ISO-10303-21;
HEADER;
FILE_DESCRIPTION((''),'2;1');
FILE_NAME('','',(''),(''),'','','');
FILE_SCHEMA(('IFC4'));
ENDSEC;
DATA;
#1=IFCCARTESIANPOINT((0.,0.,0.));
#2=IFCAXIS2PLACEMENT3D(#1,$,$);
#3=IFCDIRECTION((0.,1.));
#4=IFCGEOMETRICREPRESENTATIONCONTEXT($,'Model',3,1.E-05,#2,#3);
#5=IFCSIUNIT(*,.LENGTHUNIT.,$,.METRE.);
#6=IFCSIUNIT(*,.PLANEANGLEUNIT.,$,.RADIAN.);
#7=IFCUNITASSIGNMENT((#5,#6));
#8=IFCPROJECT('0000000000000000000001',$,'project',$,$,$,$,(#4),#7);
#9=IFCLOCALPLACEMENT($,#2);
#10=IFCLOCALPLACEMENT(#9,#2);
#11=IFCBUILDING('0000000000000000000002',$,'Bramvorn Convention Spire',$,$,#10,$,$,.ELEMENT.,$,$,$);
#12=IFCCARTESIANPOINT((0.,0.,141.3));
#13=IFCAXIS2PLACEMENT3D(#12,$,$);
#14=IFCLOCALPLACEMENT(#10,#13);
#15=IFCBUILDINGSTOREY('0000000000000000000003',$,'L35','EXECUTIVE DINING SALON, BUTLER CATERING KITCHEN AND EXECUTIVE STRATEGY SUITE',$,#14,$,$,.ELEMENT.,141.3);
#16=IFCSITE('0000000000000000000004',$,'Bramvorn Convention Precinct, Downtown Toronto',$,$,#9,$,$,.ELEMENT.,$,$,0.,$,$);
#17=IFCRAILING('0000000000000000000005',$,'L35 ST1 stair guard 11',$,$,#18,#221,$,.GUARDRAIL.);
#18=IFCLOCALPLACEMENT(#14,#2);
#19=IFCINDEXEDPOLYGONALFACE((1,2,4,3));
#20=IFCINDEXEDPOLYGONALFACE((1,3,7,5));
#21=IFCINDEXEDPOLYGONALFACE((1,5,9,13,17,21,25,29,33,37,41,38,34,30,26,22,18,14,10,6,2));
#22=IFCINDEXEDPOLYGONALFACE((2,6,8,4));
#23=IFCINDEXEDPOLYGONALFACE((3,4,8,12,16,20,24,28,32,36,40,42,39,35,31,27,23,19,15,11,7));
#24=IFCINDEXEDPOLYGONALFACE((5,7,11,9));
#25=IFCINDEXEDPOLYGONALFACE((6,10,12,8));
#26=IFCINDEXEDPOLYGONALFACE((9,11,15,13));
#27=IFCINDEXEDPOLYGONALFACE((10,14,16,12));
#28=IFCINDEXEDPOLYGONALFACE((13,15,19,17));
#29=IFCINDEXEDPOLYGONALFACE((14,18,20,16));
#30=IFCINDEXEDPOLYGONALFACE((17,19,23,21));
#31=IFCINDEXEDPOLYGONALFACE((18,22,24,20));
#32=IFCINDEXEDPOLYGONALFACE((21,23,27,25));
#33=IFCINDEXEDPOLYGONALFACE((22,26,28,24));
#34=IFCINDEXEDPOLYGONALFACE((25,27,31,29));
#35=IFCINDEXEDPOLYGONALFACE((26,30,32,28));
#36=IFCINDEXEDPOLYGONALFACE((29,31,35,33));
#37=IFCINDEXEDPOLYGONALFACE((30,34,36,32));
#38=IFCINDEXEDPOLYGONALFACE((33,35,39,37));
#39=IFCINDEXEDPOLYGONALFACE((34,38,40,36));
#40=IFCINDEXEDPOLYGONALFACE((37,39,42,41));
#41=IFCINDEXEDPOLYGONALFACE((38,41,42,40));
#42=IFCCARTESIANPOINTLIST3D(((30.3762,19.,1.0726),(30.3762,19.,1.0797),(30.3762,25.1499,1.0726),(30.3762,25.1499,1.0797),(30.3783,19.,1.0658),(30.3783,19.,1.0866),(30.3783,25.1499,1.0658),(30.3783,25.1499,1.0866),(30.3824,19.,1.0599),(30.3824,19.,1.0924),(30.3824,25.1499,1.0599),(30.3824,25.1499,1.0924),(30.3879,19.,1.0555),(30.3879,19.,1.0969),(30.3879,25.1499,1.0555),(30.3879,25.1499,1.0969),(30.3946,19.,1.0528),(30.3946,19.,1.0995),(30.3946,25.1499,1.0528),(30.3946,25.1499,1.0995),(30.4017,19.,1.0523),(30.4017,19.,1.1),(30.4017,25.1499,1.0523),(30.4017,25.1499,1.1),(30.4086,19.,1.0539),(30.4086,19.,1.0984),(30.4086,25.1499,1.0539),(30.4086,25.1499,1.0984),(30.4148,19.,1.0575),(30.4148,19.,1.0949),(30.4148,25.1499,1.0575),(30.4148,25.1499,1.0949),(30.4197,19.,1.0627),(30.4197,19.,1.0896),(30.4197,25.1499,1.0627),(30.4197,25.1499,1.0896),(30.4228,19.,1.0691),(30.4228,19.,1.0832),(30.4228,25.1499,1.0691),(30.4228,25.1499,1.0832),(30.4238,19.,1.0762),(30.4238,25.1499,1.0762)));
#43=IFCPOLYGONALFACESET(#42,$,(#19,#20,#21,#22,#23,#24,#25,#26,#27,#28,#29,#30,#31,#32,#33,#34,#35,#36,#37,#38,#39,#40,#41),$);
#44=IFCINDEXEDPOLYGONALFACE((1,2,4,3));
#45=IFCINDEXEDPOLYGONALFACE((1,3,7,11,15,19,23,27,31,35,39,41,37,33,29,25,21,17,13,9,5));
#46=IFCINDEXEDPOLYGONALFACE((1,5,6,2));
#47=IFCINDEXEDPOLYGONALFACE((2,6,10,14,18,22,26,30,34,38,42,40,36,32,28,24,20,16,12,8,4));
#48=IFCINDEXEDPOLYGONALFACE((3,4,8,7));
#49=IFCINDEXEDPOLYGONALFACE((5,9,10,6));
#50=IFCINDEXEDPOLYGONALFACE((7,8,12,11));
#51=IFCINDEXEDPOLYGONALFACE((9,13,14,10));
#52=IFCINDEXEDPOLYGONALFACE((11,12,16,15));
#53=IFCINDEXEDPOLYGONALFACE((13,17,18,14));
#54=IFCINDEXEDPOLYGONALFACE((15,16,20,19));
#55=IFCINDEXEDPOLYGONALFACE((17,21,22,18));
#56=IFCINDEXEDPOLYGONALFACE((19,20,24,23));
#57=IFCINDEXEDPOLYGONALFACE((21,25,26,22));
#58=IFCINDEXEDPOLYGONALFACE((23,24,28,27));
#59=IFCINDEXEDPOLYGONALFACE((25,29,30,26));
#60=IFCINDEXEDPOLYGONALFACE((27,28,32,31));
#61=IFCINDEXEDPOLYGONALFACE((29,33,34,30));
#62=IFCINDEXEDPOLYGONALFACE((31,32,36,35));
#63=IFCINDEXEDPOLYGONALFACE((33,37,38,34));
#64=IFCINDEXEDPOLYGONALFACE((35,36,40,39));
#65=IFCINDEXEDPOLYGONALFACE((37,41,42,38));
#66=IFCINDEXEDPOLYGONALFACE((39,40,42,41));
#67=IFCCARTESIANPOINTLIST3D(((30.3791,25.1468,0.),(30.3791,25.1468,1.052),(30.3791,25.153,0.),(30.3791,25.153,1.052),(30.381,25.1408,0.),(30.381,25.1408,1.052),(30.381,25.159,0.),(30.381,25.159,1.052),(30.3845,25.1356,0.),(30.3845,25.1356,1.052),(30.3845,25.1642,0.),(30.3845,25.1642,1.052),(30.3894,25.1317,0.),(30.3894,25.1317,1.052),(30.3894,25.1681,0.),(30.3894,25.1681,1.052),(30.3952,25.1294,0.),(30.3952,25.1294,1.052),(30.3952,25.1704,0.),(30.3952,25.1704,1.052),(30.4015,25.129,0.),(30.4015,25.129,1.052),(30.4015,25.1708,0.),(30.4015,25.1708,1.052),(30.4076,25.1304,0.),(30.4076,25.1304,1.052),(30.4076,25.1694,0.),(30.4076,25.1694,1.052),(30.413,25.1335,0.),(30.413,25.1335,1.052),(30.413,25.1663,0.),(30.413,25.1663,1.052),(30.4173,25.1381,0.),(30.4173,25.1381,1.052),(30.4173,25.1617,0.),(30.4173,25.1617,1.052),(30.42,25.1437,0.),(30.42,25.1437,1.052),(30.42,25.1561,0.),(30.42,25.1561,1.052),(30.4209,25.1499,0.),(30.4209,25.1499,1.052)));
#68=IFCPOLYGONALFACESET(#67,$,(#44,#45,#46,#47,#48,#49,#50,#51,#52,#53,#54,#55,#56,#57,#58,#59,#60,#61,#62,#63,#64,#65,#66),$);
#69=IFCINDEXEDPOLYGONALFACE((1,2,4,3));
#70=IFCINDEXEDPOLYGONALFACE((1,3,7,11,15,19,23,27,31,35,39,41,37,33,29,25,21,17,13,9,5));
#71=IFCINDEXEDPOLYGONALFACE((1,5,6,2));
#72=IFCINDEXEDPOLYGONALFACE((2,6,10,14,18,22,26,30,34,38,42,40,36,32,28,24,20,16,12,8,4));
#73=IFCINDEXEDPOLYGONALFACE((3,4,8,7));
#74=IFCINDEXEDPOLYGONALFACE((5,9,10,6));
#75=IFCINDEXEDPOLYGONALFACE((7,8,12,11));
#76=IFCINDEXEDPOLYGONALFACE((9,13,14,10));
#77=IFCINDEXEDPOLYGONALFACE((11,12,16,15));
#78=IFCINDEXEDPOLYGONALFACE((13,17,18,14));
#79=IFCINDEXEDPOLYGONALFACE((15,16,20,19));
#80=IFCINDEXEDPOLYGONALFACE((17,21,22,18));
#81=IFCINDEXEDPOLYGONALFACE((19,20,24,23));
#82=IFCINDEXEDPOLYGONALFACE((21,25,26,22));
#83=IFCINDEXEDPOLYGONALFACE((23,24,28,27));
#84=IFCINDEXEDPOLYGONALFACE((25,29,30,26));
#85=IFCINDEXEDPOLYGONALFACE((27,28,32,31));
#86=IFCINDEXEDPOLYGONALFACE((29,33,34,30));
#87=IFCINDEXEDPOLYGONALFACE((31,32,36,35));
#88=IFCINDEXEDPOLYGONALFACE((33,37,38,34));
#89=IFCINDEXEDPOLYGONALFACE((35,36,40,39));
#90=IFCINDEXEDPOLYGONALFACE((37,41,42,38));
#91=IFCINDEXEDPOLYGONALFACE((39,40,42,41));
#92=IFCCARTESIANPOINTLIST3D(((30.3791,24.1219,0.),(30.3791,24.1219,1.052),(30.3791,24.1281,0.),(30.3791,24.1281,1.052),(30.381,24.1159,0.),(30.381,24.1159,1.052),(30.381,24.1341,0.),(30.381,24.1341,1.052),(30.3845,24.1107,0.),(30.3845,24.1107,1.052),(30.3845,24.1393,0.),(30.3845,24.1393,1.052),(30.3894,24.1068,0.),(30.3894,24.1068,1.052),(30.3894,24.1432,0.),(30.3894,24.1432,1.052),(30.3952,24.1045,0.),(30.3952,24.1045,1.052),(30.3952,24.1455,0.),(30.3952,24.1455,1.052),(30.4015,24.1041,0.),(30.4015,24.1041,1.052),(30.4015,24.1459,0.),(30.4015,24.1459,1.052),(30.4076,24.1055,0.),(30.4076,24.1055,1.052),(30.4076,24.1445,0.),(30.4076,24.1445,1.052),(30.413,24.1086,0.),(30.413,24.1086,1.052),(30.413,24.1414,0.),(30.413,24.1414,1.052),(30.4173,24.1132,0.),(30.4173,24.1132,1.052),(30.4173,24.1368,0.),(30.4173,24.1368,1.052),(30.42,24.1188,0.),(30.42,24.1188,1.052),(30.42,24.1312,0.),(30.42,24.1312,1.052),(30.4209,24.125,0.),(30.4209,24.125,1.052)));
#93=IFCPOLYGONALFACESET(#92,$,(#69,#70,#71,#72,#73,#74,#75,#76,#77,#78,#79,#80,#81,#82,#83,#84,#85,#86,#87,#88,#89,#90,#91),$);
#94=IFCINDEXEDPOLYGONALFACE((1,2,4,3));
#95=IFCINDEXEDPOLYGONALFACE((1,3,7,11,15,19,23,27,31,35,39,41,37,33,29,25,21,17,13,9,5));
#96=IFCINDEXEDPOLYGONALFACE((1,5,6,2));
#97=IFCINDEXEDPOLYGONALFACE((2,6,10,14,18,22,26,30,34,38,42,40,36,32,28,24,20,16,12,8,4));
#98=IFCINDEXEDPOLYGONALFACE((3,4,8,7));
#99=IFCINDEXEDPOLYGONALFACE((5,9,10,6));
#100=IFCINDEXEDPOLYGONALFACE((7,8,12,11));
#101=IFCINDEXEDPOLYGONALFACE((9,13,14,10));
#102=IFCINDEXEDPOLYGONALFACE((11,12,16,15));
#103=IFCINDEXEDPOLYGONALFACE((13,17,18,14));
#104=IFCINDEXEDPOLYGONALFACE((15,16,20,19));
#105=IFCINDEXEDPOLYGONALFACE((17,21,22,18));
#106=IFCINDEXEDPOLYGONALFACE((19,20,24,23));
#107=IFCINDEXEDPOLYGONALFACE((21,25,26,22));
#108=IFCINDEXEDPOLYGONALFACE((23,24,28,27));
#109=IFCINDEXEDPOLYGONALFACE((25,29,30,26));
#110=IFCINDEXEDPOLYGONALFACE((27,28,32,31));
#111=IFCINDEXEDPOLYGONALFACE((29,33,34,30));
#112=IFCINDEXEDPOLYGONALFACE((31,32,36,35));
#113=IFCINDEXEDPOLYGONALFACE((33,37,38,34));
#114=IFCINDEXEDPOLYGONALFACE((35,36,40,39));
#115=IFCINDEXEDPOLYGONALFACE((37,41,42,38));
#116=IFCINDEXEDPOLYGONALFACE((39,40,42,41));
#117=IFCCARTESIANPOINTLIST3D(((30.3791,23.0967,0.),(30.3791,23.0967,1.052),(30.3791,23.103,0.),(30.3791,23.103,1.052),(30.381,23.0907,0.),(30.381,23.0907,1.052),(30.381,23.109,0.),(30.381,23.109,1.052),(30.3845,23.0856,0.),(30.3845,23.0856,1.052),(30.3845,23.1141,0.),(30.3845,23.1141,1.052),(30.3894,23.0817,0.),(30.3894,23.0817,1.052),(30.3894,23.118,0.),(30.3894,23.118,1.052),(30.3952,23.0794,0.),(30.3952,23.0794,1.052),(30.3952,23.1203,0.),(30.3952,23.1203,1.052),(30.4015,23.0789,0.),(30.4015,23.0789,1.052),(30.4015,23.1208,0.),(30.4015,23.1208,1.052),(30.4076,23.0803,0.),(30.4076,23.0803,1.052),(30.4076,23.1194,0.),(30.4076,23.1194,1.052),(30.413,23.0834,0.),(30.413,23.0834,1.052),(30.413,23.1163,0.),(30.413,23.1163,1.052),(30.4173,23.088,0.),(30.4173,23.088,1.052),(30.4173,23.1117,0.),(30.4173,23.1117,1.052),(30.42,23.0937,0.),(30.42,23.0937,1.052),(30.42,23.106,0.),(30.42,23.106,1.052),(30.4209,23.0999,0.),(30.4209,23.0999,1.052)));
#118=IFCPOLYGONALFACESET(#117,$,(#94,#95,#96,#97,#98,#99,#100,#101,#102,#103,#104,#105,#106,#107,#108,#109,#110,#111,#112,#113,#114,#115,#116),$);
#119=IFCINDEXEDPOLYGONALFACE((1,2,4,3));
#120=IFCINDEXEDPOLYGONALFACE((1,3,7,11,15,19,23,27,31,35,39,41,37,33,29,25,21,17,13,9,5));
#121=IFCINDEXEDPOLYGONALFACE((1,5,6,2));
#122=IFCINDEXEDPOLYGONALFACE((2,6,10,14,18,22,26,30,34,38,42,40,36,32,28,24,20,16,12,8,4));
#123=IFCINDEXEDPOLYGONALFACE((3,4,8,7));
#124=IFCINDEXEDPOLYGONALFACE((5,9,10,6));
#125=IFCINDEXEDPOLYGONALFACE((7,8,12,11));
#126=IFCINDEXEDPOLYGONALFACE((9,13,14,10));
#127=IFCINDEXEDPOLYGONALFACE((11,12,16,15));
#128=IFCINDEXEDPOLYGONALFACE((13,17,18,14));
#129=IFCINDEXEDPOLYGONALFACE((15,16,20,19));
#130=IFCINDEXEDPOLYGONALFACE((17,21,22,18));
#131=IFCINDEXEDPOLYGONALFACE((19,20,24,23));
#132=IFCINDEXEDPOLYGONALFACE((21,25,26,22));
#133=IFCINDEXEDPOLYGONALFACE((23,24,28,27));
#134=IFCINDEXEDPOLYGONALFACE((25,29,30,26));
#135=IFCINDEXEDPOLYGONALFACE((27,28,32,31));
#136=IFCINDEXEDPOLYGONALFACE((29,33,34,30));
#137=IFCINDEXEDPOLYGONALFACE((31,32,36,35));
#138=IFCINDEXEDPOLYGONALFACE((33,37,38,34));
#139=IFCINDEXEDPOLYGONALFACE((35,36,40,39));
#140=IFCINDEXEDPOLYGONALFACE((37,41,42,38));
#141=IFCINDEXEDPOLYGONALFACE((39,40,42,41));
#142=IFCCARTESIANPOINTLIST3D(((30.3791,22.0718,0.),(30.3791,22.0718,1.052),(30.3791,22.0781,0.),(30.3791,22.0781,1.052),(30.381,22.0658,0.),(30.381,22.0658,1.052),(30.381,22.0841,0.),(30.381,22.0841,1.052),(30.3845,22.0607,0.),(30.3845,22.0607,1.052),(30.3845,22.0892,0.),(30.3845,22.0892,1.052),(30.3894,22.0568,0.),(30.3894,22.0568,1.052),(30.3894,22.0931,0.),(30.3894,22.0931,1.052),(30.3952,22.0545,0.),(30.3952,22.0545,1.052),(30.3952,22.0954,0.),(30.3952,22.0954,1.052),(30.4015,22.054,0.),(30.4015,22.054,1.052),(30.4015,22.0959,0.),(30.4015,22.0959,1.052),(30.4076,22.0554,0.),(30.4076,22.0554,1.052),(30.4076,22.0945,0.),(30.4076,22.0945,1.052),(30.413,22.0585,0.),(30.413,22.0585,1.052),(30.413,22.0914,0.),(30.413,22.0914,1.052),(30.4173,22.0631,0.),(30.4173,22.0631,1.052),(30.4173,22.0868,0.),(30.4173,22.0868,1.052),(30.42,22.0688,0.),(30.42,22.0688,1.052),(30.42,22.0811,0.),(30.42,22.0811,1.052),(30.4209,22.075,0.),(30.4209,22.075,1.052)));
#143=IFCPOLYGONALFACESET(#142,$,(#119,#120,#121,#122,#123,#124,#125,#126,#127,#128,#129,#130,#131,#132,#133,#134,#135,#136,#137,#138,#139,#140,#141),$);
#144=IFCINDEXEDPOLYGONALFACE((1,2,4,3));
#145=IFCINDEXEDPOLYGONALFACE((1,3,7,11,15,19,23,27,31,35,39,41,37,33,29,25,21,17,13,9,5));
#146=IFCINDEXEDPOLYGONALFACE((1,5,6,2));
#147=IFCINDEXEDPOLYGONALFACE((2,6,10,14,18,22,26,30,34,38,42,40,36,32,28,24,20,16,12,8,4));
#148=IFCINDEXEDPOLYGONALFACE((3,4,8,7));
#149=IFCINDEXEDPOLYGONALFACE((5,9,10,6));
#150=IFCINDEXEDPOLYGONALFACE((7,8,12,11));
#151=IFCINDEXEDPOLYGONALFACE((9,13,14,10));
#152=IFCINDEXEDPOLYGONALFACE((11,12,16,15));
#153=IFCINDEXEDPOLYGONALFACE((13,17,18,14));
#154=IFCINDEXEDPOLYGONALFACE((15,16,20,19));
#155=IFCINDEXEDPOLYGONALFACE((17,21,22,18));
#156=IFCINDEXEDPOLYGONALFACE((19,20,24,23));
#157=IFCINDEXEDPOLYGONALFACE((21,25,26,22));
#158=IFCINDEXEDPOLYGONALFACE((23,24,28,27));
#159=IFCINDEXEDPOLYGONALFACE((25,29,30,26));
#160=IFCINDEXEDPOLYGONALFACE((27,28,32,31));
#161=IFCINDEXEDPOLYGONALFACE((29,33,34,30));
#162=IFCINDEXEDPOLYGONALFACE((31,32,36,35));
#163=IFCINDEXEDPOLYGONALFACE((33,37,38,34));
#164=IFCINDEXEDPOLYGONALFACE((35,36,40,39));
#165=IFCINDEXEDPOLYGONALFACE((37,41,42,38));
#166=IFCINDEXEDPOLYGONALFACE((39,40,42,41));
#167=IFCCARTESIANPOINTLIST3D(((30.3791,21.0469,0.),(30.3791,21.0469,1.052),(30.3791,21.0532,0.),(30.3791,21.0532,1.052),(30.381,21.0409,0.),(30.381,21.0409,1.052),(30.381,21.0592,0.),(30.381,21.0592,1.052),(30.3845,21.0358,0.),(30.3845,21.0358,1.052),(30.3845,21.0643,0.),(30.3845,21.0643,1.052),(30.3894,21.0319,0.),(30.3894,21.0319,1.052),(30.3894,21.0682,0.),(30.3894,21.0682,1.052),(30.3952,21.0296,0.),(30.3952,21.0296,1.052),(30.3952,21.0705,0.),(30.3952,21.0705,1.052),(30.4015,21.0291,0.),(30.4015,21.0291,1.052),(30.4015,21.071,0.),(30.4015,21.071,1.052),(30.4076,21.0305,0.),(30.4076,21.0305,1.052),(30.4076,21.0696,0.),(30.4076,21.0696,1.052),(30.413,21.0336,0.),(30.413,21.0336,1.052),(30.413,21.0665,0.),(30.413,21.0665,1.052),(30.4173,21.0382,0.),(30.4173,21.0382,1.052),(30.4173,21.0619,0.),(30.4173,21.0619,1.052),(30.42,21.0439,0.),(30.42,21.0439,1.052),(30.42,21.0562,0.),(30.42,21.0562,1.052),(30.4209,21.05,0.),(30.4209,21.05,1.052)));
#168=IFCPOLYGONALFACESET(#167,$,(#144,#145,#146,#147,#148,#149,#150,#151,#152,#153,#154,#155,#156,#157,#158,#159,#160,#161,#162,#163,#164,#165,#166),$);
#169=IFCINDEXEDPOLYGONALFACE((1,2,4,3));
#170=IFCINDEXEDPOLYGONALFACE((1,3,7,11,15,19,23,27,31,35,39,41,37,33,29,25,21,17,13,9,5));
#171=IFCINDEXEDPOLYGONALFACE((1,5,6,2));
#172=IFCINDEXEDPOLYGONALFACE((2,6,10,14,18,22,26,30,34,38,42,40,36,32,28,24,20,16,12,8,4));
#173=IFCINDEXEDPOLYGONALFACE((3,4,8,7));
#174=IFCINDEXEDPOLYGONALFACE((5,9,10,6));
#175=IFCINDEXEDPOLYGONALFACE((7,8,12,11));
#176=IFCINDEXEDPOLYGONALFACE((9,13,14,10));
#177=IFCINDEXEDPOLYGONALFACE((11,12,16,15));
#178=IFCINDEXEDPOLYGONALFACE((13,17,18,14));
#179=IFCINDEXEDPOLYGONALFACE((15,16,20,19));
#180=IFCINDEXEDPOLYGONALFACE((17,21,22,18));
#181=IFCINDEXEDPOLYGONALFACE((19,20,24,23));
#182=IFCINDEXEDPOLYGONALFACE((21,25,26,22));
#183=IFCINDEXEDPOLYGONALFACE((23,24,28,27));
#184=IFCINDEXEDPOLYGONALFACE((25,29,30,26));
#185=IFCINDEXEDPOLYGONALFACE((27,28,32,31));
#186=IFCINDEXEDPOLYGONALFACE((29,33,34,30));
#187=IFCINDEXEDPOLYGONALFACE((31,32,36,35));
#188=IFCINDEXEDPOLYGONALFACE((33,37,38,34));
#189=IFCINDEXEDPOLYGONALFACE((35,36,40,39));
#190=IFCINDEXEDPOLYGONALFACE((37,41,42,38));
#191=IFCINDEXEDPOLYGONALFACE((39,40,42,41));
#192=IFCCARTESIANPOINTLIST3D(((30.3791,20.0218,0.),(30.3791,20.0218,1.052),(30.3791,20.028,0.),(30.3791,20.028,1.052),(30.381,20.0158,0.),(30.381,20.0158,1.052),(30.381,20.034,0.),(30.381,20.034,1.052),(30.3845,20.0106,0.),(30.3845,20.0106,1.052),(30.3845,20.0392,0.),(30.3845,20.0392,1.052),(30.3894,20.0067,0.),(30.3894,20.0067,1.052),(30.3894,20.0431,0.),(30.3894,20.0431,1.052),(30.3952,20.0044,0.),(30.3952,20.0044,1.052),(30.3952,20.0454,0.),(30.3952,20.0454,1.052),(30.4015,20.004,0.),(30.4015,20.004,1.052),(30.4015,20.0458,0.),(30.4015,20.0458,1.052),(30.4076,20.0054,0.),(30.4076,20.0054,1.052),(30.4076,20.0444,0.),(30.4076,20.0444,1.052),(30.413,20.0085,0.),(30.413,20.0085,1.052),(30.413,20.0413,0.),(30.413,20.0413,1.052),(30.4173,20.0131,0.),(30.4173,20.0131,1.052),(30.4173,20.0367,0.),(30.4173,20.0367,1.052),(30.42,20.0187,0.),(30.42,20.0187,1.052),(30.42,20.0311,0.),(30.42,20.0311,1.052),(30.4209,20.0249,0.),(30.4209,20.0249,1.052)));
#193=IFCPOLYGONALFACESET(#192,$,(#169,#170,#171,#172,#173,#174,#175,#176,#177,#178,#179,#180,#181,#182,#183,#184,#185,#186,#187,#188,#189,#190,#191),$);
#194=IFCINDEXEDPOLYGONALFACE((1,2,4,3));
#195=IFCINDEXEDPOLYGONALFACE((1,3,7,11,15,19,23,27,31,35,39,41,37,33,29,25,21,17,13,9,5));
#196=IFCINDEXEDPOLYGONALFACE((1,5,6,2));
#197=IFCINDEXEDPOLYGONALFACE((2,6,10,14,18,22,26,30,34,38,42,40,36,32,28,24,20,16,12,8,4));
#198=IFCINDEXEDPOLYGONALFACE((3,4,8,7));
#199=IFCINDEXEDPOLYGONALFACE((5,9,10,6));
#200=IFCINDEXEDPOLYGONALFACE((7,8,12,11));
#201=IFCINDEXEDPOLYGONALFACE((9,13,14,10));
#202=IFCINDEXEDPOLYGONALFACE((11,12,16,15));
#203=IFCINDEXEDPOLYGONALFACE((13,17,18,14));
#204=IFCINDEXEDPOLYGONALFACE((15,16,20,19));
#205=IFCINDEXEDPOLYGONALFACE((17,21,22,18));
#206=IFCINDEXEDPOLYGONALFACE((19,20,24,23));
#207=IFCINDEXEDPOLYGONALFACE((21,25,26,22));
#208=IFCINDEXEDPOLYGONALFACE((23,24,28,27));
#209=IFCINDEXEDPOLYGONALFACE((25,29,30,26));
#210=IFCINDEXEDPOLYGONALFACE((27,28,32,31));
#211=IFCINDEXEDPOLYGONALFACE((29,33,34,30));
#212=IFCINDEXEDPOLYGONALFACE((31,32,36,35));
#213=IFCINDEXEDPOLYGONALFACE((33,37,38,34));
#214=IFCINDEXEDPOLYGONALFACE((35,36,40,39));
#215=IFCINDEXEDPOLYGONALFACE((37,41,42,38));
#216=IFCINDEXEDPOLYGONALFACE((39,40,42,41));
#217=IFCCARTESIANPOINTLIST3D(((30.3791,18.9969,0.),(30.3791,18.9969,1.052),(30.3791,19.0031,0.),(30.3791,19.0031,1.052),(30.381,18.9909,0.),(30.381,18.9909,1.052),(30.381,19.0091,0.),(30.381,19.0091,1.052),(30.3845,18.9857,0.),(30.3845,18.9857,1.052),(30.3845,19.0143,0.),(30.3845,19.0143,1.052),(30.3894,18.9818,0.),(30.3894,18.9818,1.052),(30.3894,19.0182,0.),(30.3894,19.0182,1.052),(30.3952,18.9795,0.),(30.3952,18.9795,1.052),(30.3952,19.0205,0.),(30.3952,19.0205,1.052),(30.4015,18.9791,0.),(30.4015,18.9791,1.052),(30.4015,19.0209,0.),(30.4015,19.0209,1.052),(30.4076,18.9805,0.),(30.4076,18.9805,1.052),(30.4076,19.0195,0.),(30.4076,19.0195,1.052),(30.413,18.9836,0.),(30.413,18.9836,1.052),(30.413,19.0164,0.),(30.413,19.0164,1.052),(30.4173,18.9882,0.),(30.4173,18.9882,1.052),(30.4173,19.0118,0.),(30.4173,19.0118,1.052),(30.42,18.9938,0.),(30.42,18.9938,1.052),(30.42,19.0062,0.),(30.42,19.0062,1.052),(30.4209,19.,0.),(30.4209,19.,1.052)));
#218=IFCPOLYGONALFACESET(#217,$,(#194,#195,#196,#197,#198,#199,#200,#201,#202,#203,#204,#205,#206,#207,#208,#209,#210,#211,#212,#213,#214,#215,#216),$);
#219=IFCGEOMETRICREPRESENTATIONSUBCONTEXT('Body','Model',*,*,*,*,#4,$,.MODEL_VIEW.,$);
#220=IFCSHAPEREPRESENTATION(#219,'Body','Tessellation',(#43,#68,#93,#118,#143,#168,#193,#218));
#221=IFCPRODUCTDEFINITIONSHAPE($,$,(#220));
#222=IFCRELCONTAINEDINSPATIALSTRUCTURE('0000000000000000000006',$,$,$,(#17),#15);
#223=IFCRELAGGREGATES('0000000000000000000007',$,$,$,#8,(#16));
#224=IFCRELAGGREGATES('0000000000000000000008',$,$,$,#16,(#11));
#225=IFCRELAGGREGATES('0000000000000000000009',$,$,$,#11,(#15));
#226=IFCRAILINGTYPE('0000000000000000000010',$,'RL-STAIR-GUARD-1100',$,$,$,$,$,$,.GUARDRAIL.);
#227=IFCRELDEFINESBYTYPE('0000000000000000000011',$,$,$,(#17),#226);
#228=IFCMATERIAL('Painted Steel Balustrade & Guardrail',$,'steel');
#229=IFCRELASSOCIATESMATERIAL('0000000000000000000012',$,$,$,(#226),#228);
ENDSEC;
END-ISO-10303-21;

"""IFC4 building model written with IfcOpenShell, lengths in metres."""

from ifc_helpers import new_model, si_unit, direction, frame, origin, origin_2d, place, context, subcontext, project, spatial, circle, extrude, material, type_object, element, save


model = new_model("IFC4")

# Units and contexts
model_context = context("Model", 3, precision=1e-05, world=origin(), true_north=direction((0.0, 1.0)))
body_context = subcontext(model_context, "Body", "Model", "MODEL_VIEW")
ifc_project = project(units=[si_unit("LENGTHUNIT", "METRE"), si_unit("PLANEANGLEUNIT", "RADIAN")], contexts=[model_context])

# Site, building, storey
site_placement = place(None, origin())
site = spatial("IfcSite", under=ifc_project, at=site_placement, Name="Bramvorn Convention Precinct, Downtown Toronto", CompositionType="ELEMENT", RefElevation=0.0)
building_placement = place(site_placement, origin())
building = spatial("IfcBuilding", under=site, at=building_placement, Name="Bramvorn Convention Spire", CompositionType="ELEMENT")
storey_placement = place(building_placement, frame((0.0, 0.0, 141.3)))
storey = spatial("IfcBuildingStorey", under=building, at=storey_placement, Name="L35", Description="EXECUTIVE DINING SALON, BUTLER CATERING KITCHEN AND EXECUTIVE STRATEGY SUITE", CompositionType="ELEMENT", Elevation=141.3)

# Railing
ifc_material_1 = material(Name="Painted Steel Balustrade & Guardrail", Category="steel")
railing_type_1 = type_object("IfcRailingType", Name="RL-STAIR-GUARD-1100", PredefinedType="GUARDRAIL", material=ifc_material_1)
railing_1_placement = place(storey_placement, frame((30.3999, 25.1499, 0.0)))
element("IfcRailing", 1, at=railing_1_placement, inside=storey, type_object=railing_type_1, Name="L35 ST1 stair guard 11", PredefinedType="GUARDRAIL", context=body_context, shape_type="SweptSolid", body=[
    extrude(circle(Radius=0.0239, at=origin_2d()), frame((0.0, 0.0, 1.0762), z_axis=(0.0, -1.0, 0.0), x_axis=(1.0, 0.0, 0.0)), (0.0, 0.0, 1.0), 6.1499),
    extrude(circle(Radius=0.021, at=origin_2d()), origin(), (0.0, 0.0, 1.0), 1.052),
    extrude(circle(Radius=0.021, at=origin_2d()), frame((0.0, -1.0249, 0.0)), (0.0, 0.0, 1.0), 1.052),
    extrude(circle(Radius=0.021, at=origin_2d()), frame((0.0, -2.05, 0.0)), (0.0, 0.0, 1.0), 1.052),
    extrude(circle(Radius=0.021, at=origin_2d()), frame((0.0, -3.075, 0.0)), (0.0, 0.0, 1.0), 1.052),
    extrude(circle(Radius=0.021, at=origin_2d()), frame((0.0, -4.0999, 0.0)), (0.0, 0.0, 1.0), 1.052),
    extrude(circle(Radius=0.021, at=origin_2d()), frame((0.0, -5.125, 0.0)), (0.0, 0.0, 1.0), 1.052),
    extrude(circle(Radius=0.021, at=origin_2d()), frame((0.0, -6.1499, 0.0)), (0.0, 0.0, 1.0), 1.052),
])

save(model, "model.ifc")
